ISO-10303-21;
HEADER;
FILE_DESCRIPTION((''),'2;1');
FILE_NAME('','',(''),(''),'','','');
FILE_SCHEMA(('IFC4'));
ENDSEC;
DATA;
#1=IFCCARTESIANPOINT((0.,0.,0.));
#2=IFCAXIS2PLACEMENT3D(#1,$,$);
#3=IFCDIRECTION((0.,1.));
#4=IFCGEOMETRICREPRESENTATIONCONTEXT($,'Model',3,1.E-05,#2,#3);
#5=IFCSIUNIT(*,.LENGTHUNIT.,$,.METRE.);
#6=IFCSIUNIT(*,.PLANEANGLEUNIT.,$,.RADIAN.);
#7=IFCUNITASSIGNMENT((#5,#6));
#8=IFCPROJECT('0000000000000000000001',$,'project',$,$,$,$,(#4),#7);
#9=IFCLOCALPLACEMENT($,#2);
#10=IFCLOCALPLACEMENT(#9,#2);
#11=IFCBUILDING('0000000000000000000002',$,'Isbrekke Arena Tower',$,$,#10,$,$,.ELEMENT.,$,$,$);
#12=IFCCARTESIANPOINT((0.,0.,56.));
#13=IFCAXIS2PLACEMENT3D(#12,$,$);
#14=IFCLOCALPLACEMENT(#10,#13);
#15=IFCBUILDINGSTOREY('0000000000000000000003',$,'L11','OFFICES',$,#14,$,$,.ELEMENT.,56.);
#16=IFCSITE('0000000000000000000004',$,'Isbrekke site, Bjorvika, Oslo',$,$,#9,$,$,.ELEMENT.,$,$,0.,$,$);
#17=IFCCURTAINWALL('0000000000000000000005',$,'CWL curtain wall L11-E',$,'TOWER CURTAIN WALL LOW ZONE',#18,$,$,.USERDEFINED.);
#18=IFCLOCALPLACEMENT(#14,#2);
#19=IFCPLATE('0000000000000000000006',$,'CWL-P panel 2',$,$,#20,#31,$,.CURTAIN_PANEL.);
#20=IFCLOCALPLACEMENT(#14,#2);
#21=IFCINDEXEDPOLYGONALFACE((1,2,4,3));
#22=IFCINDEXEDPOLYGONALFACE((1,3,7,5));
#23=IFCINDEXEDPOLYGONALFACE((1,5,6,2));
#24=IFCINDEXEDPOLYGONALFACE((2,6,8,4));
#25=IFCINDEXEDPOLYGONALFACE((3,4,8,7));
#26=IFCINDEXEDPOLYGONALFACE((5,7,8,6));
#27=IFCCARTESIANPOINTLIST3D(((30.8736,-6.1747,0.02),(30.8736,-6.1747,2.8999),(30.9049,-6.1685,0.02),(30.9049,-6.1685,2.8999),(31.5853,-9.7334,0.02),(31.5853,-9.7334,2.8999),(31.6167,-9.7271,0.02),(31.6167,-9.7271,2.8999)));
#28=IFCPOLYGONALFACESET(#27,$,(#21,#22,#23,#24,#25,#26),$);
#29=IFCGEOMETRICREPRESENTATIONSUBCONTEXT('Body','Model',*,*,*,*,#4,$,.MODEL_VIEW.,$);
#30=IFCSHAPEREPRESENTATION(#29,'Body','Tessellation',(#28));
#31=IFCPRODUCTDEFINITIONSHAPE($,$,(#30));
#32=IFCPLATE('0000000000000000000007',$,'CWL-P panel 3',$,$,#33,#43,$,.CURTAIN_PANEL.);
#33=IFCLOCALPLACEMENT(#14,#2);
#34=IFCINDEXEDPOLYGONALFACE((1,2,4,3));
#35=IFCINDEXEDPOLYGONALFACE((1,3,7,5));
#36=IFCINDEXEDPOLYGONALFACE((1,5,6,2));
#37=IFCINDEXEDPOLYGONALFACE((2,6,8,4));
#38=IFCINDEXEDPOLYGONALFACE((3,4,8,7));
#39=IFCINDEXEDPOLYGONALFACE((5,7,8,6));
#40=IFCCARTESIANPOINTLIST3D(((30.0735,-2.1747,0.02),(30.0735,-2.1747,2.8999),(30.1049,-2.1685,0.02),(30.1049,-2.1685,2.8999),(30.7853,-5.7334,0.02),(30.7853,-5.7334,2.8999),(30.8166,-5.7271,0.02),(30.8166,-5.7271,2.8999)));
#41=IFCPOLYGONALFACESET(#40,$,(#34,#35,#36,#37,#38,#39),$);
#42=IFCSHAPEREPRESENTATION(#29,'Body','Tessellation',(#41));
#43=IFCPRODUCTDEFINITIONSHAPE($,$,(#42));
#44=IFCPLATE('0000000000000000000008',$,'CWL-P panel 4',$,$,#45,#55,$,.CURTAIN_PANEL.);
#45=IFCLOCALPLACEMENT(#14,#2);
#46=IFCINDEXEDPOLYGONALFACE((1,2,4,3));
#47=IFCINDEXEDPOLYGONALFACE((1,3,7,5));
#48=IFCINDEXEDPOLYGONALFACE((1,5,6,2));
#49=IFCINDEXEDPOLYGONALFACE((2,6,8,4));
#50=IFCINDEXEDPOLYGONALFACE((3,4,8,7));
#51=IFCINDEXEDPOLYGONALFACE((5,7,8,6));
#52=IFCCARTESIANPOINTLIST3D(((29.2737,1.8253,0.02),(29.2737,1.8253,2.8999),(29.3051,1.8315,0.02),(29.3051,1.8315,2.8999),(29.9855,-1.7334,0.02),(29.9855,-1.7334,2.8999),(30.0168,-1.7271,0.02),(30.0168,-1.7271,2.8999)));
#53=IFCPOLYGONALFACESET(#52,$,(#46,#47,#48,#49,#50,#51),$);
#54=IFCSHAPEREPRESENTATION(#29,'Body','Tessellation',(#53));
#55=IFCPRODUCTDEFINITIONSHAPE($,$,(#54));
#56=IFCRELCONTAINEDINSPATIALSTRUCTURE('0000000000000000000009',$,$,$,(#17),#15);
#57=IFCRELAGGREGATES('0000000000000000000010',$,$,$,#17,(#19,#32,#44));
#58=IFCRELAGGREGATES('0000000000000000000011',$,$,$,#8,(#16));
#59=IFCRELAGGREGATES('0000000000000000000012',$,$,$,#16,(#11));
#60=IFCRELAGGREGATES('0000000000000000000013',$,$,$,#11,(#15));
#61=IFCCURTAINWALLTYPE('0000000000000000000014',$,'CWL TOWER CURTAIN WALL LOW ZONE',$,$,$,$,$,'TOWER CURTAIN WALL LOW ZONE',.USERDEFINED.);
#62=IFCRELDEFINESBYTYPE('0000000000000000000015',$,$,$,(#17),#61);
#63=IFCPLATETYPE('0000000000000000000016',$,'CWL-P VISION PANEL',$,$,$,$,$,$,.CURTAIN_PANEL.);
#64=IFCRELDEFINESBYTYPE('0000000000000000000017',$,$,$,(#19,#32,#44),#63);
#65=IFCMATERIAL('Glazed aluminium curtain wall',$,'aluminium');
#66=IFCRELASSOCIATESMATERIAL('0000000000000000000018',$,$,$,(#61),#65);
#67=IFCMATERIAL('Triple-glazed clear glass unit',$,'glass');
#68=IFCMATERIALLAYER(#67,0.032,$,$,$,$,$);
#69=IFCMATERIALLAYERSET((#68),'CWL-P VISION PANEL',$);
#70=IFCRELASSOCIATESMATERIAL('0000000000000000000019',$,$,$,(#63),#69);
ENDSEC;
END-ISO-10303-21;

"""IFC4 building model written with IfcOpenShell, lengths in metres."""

from ifc_helpers import new_model, si_unit, direction, frame, origin, origin_2d, place, context, subcontext, project, spatial, rectangle, extrude, material, layer, layer_set, type_object, element, aggregate, save


model = new_model("IFC4")

# Units and contexts
model_context = context("Model", 3, precision=1e-05, world=origin(), true_north=direction((0.0, 1.0)))
body_context = subcontext(model_context, "Body", "Model", "MODEL_VIEW")
ifc_project = project(units=[si_unit("LENGTHUNIT", "METRE"), si_unit("PLANEANGLEUNIT", "RADIAN")], contexts=[model_context])

# Site, building, storey
site_placement = place(None, origin())
site = spatial("IfcSite", under=ifc_project, at=site_placement, Name="Isbrekke site, Bjorvika, Oslo", CompositionType="ELEMENT", RefElevation=0.0)
building_placement = place(site_placement, origin())
building = spatial("IfcBuilding", under=site, at=building_placement, Name="Isbrekke Arena Tower", CompositionType="ELEMENT")
storey_placement = place(building_placement, frame((0.0, 0.0, 56.0)))
storey = spatial("IfcBuildingStorey", under=building, at=storey_placement, Name="L11", Description="OFFICES", CompositionType="ELEMENT", Elevation=56.0)

# Curtain wall
ifc_material_1 = material(Name="Glazed aluminium curtain wall", Category="aluminium")
curtain_wall_type = type_object("IfcCurtainWallType", Name="CWL TOWER CURTAIN WALL LOW ZONE", ElementType="TOWER CURTAIN WALL LOW ZONE", PredefinedType="USERDEFINED", material=ifc_material_1)
curtain_wall_placement = place(storey_placement, origin())
curtain_wall = element("IfcCurtainWall", 1, at=curtain_wall_placement, inside=storey, type_object=curtain_wall_type, Name="CWL curtain wall L11-E", ObjectType="TOWER CURTAIN WALL LOW ZONE", PredefinedType="USERDEFINED")

# Plates
ifc_material_2 = material(Name="Triple-glazed clear glass unit", Category="glass")
ifc_layer = layer(ifc_material_2, 0.032)
ifc_layer_set = layer_set([ifc_layer], Name="CWL-P VISION PANEL")
plate_type = type_object("IfcPlateType", Name="CWL-P VISION PANEL", PredefinedType="CURTAIN_PANEL", material=ifc_layer_set)
plate_1_placement = place(storey_placement, frame((31.2451, -7.9509, 0.02), z_axis=(0.0, 0.0, 1.0), x_axis=(-0.196116, 0.980581, 0.0)))
plate_1 = element("IfcPlate", 2, at=plate_1_placement, type_object=plate_type, Name="CWL-P panel 2", PredefinedType="CURTAIN_PANEL", context=body_context, shape_type="SweptSolid", body=[
    extrude(rectangle(XDim=3.6292, YDim=0.032, at=origin_2d()), origin(), (0.0, 0.0, 1.0), 2.8799),
])
plate_2_placement = place(storey_placement, frame((30.4451, -3.9509, 0.02), z_axis=(0.0, 0.0, 1.0), x_axis=(-0.196116, 0.980581, 0.0)))
plate_2 = element("IfcPlate", 3, at=plate_2_placement, type_object=plate_type, Name="CWL-P panel 3", PredefinedType="CURTAIN_PANEL", context=body_context, shape_type="SweptSolid", body=[
    extrude(rectangle(XDim=3.6292, YDim=0.032, at=origin_2d()), origin(), (0.0, 0.0, 1.0), 2.8799),
])
plate_3_placement = place(storey_placement, frame((29.6453, 0.0491, 0.02), z_axis=(0.0, 0.0, 1.0), x_axis=(-0.196116, 0.980581, 0.0)))
plate_3 = element("IfcPlate", 4, at=plate_3_placement, type_object=plate_type, Name="CWL-P panel 4", PredefinedType="CURTAIN_PANEL", context=body_context, shape_type="SweptSolid", body=[
    extrude(rectangle(XDim=3.6292, YDim=0.032, at=origin_2d()), origin(), (0.0, 0.0, 1.0), 2.8799),
])
aggregate(curtain_wall, [plate_1, plate_2, plate_3])

save(model, "model.ifc")
